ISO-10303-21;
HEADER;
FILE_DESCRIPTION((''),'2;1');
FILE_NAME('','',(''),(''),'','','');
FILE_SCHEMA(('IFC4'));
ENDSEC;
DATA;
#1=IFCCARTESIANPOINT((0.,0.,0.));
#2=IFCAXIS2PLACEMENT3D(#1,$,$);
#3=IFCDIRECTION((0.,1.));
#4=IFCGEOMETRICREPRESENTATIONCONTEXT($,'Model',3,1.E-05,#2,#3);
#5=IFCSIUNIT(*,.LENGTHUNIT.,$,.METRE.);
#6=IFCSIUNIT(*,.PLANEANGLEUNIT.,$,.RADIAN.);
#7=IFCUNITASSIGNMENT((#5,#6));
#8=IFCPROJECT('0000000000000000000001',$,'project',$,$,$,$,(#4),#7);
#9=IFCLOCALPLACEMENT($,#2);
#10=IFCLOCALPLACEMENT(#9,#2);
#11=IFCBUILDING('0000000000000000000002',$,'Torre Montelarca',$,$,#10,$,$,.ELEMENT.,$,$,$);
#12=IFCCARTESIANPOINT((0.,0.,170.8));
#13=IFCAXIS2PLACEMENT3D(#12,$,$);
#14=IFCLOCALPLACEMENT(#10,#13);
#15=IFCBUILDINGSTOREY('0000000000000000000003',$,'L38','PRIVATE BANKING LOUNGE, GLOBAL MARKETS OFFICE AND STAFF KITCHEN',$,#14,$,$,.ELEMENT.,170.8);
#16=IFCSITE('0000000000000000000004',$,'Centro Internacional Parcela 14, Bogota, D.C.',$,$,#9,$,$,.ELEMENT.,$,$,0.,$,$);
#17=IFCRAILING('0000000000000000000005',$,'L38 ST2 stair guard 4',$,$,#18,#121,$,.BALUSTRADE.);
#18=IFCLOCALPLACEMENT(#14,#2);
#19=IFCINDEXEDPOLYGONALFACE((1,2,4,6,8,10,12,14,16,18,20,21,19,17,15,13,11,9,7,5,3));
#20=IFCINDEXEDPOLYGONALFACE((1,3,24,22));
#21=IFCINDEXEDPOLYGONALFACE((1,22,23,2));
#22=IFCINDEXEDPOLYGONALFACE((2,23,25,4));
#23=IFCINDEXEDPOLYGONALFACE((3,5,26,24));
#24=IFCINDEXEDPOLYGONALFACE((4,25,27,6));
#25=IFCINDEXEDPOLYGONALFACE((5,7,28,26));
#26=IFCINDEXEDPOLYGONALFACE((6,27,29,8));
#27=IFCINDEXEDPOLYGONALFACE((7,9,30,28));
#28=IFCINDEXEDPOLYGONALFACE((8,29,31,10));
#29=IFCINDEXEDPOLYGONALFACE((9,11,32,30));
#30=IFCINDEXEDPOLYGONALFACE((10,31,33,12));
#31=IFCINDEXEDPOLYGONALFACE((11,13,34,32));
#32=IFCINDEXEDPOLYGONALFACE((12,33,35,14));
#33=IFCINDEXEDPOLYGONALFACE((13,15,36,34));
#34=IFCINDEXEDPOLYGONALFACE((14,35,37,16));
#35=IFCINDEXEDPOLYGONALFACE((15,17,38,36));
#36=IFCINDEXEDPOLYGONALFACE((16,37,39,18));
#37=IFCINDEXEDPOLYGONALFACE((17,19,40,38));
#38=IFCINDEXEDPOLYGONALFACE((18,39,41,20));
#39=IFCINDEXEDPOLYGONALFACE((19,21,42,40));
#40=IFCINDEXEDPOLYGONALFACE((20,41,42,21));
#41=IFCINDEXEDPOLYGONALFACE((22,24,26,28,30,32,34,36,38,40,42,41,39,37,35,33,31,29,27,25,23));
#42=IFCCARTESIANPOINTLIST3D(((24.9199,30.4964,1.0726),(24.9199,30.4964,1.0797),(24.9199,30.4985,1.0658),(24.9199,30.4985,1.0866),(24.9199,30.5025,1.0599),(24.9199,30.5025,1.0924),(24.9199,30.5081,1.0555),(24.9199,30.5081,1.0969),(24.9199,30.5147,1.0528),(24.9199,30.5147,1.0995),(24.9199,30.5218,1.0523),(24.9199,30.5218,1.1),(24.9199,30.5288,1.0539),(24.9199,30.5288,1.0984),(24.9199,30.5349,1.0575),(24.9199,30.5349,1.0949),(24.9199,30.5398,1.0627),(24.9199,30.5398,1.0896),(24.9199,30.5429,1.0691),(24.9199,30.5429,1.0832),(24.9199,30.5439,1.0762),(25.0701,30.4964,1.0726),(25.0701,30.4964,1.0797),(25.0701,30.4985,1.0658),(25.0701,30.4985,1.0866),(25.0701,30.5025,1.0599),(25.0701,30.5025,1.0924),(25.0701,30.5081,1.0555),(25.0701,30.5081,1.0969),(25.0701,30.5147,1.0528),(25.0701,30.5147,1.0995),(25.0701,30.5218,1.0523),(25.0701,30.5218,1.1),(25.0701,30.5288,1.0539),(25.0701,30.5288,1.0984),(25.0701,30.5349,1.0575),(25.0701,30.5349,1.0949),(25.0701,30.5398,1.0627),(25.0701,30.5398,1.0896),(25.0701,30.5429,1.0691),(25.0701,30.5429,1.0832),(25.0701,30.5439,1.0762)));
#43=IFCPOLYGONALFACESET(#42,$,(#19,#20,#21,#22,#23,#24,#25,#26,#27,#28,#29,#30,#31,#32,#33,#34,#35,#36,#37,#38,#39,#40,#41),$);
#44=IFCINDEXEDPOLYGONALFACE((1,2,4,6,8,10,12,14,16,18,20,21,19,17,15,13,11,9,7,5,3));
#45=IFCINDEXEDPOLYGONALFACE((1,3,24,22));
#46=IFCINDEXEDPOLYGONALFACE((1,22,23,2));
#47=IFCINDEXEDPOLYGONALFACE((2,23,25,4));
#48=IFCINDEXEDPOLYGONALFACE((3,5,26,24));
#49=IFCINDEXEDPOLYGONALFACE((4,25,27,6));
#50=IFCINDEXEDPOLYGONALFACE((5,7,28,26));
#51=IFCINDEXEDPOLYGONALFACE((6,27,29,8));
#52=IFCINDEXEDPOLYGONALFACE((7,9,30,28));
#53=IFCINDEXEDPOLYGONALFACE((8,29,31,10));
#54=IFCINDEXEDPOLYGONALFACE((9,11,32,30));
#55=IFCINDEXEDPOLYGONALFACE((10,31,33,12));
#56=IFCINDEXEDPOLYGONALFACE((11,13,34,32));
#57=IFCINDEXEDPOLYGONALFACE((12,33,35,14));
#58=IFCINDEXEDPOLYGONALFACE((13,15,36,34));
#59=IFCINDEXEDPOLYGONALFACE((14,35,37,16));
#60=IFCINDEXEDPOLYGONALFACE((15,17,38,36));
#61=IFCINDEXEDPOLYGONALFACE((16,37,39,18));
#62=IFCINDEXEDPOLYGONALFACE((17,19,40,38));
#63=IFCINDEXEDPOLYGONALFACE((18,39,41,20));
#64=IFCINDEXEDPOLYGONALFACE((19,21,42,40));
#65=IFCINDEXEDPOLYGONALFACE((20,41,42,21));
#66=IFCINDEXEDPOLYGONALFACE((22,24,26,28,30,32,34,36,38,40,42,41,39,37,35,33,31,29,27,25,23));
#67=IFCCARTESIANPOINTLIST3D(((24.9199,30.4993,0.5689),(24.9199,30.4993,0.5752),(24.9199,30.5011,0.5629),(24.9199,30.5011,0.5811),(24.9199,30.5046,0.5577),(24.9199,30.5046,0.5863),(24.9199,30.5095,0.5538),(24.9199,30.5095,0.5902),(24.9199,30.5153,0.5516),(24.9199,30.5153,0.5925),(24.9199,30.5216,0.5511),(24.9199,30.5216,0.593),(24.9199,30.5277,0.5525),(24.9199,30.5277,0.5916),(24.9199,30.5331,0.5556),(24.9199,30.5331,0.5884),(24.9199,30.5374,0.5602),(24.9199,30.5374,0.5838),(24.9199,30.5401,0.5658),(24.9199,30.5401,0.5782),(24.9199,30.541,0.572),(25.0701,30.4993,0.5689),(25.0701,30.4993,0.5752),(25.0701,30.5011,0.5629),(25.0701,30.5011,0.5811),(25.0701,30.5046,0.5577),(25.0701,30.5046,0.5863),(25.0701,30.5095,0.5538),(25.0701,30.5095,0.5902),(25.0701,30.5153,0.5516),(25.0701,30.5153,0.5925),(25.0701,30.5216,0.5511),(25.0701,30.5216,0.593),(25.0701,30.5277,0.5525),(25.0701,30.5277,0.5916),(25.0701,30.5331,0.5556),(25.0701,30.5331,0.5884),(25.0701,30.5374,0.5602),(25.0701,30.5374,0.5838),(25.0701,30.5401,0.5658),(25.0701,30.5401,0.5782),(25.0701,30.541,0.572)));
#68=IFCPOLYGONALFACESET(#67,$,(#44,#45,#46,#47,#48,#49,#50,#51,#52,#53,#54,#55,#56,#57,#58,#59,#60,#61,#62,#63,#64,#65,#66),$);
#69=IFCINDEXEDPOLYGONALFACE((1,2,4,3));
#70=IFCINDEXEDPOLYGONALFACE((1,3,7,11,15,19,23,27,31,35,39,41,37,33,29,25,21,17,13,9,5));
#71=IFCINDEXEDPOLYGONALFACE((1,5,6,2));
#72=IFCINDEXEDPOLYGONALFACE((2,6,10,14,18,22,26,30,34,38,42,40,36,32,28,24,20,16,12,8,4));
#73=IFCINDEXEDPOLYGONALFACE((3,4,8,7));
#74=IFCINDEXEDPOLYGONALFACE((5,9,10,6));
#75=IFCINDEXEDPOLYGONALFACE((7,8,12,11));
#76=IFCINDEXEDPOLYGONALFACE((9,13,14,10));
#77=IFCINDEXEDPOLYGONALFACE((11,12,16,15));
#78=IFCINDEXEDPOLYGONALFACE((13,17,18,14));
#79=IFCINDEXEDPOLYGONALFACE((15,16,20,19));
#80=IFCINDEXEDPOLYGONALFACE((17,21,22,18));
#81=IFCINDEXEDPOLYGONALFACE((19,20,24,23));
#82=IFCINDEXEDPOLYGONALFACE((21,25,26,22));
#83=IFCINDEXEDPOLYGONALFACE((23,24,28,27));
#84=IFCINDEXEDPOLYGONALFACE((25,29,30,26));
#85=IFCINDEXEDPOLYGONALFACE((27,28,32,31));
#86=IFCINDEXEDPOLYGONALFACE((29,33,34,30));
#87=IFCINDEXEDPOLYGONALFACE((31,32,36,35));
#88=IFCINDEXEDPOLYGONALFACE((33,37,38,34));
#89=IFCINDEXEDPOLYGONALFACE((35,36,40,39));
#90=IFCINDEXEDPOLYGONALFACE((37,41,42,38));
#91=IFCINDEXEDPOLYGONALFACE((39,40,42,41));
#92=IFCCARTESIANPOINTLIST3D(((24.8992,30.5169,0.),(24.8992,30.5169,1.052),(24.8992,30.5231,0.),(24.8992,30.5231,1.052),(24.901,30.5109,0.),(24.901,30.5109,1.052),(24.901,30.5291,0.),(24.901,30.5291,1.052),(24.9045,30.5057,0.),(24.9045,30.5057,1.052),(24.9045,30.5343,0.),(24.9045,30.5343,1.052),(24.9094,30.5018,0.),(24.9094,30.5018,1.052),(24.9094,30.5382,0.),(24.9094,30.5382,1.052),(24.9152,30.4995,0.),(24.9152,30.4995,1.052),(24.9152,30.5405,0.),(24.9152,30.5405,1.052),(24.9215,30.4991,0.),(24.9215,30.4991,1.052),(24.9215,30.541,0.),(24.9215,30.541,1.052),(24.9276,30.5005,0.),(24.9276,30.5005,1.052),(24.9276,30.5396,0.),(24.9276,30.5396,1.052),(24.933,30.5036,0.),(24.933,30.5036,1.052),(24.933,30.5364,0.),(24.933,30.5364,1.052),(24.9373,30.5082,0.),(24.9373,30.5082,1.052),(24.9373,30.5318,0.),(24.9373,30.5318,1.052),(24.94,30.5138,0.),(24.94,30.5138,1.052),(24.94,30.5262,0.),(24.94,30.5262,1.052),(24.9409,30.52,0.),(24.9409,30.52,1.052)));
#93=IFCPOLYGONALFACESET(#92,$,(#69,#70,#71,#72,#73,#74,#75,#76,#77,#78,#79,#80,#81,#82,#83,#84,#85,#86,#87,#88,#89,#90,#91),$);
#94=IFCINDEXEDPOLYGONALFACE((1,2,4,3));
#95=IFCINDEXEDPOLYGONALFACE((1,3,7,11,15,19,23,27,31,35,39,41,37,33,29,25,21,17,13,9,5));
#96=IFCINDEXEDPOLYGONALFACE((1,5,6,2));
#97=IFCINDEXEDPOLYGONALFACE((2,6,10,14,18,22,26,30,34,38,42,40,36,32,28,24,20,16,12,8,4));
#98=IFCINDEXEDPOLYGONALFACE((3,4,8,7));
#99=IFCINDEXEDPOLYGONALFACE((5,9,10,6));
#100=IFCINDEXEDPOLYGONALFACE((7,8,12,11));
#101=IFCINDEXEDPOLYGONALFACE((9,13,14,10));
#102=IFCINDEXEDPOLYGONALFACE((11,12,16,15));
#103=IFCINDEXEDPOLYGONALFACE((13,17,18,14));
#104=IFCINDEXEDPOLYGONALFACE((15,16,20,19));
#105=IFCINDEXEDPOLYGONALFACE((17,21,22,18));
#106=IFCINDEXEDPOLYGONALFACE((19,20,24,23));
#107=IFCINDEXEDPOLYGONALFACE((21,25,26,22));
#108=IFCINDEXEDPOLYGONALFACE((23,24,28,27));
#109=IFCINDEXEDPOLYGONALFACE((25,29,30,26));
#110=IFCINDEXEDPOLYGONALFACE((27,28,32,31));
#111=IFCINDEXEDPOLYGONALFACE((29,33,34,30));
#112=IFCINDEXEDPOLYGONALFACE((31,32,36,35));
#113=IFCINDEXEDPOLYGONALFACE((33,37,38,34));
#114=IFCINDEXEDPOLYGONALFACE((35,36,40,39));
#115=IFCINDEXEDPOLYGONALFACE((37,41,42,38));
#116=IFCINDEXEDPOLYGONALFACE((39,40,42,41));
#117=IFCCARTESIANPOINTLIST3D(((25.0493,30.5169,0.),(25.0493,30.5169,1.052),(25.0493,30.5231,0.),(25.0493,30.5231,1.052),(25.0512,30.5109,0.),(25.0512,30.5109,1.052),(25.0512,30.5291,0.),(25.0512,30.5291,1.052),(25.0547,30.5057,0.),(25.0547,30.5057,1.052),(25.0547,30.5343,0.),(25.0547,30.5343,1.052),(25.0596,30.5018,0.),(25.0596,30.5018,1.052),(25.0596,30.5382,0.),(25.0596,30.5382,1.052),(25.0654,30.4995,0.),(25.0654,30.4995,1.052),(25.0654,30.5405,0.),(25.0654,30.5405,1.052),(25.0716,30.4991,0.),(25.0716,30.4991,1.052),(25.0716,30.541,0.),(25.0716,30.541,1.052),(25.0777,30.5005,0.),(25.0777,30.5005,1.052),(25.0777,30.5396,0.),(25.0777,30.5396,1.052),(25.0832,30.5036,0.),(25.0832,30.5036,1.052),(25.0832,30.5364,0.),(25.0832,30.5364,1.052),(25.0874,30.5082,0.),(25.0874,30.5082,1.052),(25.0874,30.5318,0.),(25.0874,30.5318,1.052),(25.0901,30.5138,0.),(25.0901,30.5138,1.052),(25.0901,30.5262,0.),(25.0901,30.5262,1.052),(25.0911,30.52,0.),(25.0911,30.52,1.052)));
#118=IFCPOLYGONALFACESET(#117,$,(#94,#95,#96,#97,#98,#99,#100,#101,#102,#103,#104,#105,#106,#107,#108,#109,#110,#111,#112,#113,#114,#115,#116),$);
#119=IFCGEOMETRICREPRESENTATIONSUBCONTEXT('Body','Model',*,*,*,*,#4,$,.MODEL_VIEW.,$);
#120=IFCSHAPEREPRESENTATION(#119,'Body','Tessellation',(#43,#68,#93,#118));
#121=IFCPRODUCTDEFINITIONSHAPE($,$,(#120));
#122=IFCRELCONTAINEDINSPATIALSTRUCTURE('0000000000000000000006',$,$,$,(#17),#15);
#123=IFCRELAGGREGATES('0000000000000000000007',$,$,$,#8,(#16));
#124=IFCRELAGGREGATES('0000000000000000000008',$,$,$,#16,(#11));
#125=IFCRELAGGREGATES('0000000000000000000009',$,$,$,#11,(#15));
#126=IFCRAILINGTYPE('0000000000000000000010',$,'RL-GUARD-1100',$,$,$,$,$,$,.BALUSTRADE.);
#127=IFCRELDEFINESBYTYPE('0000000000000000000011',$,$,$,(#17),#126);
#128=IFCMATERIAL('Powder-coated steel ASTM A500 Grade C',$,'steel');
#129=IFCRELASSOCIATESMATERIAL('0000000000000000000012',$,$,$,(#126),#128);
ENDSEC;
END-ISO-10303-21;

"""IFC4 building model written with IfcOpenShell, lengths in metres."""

from ifc_helpers import new_model, si_unit, direction, frame, origin, origin_2d, place, context, subcontext, project, spatial, circle, extrude, material, type_object, element, save


model = new_model("IFC4")

# Units and contexts
model_context = context("Model", 3, precision=1e-05, world=origin(), true_north=direction((0.0, 1.0)))
body_context = subcontext(model_context, "Body", "Model", "MODEL_VIEW")
ifc_project = project(units=[si_unit("LENGTHUNIT", "METRE"), si_unit("PLANEANGLEUNIT", "RADIAN")], contexts=[model_context])

# Site, building, storey
site_placement = place(None, origin())
site = spatial("IfcSite", under=ifc_project, at=site_placement, Name="Centro Internacional Parcela 14, Bogota, D.C.", CompositionType="ELEMENT", RefElevation=0.0)
building_placement = place(site_placement, origin())
building = spatial("IfcBuilding", under=site, at=building_placement, Name="Torre Montelarca", CompositionType="ELEMENT")
storey_placement = place(building_placement, frame((0.0, 0.0, 170.8)))
storey = spatial("IfcBuildingStorey", under=building, at=storey_placement, Name="L38", Description="PRIVATE BANKING LOUNGE, GLOBAL MARKETS OFFICE AND STAFF KITCHEN", CompositionType="ELEMENT", Elevation=170.8)

# Railing
ifc_material_1 = material(Name="Powder-coated steel ASTM A500 Grade C", Category="steel")
railing_type_1 = type_object("IfcRailingType", Name="RL-GUARD-1100", PredefinedType="BALUSTRADE", material=ifc_material_1)
railing_1_placement = place(storey_placement, frame((24.9199, 30.52, 0.0)))
element("IfcRailing", 1, at=railing_1_placement, inside=storey, type_object=railing_type_1, Name="L38 ST2 stair guard 4", PredefinedType="BALUSTRADE", context=body_context, shape_type="SweptSolid", body=[
    extrude(circle(Radius=0.0239, at=origin_2d()), frame((0.0, 0.0, 1.0762), z_axis=(1.0, 0.0, 0.0), x_axis=(0.0, 1.0, 0.0)), (0.0, 0.0, 1.0), 0.1501),
    extrude(circle(Radius=0.021, at=origin_2d()), frame((0.0, 0.0, 0.572), z_axis=(1.0, 0.0, 0.0), x_axis=(0.0, 1.0, 0.0)), (0.0, 0.0, 1.0), 0.1501),
    extrude(circle(Radius=0.021, at=origin_2d()), origin(), (0.0, 0.0, 1.0), 1.052),
    extrude(circle(Radius=0.021, at=origin_2d()), frame((0.1501, 0.0, 0.0)), (0.0, 0.0, 1.0), 1.052),
])

save(model, "model.ifc")
